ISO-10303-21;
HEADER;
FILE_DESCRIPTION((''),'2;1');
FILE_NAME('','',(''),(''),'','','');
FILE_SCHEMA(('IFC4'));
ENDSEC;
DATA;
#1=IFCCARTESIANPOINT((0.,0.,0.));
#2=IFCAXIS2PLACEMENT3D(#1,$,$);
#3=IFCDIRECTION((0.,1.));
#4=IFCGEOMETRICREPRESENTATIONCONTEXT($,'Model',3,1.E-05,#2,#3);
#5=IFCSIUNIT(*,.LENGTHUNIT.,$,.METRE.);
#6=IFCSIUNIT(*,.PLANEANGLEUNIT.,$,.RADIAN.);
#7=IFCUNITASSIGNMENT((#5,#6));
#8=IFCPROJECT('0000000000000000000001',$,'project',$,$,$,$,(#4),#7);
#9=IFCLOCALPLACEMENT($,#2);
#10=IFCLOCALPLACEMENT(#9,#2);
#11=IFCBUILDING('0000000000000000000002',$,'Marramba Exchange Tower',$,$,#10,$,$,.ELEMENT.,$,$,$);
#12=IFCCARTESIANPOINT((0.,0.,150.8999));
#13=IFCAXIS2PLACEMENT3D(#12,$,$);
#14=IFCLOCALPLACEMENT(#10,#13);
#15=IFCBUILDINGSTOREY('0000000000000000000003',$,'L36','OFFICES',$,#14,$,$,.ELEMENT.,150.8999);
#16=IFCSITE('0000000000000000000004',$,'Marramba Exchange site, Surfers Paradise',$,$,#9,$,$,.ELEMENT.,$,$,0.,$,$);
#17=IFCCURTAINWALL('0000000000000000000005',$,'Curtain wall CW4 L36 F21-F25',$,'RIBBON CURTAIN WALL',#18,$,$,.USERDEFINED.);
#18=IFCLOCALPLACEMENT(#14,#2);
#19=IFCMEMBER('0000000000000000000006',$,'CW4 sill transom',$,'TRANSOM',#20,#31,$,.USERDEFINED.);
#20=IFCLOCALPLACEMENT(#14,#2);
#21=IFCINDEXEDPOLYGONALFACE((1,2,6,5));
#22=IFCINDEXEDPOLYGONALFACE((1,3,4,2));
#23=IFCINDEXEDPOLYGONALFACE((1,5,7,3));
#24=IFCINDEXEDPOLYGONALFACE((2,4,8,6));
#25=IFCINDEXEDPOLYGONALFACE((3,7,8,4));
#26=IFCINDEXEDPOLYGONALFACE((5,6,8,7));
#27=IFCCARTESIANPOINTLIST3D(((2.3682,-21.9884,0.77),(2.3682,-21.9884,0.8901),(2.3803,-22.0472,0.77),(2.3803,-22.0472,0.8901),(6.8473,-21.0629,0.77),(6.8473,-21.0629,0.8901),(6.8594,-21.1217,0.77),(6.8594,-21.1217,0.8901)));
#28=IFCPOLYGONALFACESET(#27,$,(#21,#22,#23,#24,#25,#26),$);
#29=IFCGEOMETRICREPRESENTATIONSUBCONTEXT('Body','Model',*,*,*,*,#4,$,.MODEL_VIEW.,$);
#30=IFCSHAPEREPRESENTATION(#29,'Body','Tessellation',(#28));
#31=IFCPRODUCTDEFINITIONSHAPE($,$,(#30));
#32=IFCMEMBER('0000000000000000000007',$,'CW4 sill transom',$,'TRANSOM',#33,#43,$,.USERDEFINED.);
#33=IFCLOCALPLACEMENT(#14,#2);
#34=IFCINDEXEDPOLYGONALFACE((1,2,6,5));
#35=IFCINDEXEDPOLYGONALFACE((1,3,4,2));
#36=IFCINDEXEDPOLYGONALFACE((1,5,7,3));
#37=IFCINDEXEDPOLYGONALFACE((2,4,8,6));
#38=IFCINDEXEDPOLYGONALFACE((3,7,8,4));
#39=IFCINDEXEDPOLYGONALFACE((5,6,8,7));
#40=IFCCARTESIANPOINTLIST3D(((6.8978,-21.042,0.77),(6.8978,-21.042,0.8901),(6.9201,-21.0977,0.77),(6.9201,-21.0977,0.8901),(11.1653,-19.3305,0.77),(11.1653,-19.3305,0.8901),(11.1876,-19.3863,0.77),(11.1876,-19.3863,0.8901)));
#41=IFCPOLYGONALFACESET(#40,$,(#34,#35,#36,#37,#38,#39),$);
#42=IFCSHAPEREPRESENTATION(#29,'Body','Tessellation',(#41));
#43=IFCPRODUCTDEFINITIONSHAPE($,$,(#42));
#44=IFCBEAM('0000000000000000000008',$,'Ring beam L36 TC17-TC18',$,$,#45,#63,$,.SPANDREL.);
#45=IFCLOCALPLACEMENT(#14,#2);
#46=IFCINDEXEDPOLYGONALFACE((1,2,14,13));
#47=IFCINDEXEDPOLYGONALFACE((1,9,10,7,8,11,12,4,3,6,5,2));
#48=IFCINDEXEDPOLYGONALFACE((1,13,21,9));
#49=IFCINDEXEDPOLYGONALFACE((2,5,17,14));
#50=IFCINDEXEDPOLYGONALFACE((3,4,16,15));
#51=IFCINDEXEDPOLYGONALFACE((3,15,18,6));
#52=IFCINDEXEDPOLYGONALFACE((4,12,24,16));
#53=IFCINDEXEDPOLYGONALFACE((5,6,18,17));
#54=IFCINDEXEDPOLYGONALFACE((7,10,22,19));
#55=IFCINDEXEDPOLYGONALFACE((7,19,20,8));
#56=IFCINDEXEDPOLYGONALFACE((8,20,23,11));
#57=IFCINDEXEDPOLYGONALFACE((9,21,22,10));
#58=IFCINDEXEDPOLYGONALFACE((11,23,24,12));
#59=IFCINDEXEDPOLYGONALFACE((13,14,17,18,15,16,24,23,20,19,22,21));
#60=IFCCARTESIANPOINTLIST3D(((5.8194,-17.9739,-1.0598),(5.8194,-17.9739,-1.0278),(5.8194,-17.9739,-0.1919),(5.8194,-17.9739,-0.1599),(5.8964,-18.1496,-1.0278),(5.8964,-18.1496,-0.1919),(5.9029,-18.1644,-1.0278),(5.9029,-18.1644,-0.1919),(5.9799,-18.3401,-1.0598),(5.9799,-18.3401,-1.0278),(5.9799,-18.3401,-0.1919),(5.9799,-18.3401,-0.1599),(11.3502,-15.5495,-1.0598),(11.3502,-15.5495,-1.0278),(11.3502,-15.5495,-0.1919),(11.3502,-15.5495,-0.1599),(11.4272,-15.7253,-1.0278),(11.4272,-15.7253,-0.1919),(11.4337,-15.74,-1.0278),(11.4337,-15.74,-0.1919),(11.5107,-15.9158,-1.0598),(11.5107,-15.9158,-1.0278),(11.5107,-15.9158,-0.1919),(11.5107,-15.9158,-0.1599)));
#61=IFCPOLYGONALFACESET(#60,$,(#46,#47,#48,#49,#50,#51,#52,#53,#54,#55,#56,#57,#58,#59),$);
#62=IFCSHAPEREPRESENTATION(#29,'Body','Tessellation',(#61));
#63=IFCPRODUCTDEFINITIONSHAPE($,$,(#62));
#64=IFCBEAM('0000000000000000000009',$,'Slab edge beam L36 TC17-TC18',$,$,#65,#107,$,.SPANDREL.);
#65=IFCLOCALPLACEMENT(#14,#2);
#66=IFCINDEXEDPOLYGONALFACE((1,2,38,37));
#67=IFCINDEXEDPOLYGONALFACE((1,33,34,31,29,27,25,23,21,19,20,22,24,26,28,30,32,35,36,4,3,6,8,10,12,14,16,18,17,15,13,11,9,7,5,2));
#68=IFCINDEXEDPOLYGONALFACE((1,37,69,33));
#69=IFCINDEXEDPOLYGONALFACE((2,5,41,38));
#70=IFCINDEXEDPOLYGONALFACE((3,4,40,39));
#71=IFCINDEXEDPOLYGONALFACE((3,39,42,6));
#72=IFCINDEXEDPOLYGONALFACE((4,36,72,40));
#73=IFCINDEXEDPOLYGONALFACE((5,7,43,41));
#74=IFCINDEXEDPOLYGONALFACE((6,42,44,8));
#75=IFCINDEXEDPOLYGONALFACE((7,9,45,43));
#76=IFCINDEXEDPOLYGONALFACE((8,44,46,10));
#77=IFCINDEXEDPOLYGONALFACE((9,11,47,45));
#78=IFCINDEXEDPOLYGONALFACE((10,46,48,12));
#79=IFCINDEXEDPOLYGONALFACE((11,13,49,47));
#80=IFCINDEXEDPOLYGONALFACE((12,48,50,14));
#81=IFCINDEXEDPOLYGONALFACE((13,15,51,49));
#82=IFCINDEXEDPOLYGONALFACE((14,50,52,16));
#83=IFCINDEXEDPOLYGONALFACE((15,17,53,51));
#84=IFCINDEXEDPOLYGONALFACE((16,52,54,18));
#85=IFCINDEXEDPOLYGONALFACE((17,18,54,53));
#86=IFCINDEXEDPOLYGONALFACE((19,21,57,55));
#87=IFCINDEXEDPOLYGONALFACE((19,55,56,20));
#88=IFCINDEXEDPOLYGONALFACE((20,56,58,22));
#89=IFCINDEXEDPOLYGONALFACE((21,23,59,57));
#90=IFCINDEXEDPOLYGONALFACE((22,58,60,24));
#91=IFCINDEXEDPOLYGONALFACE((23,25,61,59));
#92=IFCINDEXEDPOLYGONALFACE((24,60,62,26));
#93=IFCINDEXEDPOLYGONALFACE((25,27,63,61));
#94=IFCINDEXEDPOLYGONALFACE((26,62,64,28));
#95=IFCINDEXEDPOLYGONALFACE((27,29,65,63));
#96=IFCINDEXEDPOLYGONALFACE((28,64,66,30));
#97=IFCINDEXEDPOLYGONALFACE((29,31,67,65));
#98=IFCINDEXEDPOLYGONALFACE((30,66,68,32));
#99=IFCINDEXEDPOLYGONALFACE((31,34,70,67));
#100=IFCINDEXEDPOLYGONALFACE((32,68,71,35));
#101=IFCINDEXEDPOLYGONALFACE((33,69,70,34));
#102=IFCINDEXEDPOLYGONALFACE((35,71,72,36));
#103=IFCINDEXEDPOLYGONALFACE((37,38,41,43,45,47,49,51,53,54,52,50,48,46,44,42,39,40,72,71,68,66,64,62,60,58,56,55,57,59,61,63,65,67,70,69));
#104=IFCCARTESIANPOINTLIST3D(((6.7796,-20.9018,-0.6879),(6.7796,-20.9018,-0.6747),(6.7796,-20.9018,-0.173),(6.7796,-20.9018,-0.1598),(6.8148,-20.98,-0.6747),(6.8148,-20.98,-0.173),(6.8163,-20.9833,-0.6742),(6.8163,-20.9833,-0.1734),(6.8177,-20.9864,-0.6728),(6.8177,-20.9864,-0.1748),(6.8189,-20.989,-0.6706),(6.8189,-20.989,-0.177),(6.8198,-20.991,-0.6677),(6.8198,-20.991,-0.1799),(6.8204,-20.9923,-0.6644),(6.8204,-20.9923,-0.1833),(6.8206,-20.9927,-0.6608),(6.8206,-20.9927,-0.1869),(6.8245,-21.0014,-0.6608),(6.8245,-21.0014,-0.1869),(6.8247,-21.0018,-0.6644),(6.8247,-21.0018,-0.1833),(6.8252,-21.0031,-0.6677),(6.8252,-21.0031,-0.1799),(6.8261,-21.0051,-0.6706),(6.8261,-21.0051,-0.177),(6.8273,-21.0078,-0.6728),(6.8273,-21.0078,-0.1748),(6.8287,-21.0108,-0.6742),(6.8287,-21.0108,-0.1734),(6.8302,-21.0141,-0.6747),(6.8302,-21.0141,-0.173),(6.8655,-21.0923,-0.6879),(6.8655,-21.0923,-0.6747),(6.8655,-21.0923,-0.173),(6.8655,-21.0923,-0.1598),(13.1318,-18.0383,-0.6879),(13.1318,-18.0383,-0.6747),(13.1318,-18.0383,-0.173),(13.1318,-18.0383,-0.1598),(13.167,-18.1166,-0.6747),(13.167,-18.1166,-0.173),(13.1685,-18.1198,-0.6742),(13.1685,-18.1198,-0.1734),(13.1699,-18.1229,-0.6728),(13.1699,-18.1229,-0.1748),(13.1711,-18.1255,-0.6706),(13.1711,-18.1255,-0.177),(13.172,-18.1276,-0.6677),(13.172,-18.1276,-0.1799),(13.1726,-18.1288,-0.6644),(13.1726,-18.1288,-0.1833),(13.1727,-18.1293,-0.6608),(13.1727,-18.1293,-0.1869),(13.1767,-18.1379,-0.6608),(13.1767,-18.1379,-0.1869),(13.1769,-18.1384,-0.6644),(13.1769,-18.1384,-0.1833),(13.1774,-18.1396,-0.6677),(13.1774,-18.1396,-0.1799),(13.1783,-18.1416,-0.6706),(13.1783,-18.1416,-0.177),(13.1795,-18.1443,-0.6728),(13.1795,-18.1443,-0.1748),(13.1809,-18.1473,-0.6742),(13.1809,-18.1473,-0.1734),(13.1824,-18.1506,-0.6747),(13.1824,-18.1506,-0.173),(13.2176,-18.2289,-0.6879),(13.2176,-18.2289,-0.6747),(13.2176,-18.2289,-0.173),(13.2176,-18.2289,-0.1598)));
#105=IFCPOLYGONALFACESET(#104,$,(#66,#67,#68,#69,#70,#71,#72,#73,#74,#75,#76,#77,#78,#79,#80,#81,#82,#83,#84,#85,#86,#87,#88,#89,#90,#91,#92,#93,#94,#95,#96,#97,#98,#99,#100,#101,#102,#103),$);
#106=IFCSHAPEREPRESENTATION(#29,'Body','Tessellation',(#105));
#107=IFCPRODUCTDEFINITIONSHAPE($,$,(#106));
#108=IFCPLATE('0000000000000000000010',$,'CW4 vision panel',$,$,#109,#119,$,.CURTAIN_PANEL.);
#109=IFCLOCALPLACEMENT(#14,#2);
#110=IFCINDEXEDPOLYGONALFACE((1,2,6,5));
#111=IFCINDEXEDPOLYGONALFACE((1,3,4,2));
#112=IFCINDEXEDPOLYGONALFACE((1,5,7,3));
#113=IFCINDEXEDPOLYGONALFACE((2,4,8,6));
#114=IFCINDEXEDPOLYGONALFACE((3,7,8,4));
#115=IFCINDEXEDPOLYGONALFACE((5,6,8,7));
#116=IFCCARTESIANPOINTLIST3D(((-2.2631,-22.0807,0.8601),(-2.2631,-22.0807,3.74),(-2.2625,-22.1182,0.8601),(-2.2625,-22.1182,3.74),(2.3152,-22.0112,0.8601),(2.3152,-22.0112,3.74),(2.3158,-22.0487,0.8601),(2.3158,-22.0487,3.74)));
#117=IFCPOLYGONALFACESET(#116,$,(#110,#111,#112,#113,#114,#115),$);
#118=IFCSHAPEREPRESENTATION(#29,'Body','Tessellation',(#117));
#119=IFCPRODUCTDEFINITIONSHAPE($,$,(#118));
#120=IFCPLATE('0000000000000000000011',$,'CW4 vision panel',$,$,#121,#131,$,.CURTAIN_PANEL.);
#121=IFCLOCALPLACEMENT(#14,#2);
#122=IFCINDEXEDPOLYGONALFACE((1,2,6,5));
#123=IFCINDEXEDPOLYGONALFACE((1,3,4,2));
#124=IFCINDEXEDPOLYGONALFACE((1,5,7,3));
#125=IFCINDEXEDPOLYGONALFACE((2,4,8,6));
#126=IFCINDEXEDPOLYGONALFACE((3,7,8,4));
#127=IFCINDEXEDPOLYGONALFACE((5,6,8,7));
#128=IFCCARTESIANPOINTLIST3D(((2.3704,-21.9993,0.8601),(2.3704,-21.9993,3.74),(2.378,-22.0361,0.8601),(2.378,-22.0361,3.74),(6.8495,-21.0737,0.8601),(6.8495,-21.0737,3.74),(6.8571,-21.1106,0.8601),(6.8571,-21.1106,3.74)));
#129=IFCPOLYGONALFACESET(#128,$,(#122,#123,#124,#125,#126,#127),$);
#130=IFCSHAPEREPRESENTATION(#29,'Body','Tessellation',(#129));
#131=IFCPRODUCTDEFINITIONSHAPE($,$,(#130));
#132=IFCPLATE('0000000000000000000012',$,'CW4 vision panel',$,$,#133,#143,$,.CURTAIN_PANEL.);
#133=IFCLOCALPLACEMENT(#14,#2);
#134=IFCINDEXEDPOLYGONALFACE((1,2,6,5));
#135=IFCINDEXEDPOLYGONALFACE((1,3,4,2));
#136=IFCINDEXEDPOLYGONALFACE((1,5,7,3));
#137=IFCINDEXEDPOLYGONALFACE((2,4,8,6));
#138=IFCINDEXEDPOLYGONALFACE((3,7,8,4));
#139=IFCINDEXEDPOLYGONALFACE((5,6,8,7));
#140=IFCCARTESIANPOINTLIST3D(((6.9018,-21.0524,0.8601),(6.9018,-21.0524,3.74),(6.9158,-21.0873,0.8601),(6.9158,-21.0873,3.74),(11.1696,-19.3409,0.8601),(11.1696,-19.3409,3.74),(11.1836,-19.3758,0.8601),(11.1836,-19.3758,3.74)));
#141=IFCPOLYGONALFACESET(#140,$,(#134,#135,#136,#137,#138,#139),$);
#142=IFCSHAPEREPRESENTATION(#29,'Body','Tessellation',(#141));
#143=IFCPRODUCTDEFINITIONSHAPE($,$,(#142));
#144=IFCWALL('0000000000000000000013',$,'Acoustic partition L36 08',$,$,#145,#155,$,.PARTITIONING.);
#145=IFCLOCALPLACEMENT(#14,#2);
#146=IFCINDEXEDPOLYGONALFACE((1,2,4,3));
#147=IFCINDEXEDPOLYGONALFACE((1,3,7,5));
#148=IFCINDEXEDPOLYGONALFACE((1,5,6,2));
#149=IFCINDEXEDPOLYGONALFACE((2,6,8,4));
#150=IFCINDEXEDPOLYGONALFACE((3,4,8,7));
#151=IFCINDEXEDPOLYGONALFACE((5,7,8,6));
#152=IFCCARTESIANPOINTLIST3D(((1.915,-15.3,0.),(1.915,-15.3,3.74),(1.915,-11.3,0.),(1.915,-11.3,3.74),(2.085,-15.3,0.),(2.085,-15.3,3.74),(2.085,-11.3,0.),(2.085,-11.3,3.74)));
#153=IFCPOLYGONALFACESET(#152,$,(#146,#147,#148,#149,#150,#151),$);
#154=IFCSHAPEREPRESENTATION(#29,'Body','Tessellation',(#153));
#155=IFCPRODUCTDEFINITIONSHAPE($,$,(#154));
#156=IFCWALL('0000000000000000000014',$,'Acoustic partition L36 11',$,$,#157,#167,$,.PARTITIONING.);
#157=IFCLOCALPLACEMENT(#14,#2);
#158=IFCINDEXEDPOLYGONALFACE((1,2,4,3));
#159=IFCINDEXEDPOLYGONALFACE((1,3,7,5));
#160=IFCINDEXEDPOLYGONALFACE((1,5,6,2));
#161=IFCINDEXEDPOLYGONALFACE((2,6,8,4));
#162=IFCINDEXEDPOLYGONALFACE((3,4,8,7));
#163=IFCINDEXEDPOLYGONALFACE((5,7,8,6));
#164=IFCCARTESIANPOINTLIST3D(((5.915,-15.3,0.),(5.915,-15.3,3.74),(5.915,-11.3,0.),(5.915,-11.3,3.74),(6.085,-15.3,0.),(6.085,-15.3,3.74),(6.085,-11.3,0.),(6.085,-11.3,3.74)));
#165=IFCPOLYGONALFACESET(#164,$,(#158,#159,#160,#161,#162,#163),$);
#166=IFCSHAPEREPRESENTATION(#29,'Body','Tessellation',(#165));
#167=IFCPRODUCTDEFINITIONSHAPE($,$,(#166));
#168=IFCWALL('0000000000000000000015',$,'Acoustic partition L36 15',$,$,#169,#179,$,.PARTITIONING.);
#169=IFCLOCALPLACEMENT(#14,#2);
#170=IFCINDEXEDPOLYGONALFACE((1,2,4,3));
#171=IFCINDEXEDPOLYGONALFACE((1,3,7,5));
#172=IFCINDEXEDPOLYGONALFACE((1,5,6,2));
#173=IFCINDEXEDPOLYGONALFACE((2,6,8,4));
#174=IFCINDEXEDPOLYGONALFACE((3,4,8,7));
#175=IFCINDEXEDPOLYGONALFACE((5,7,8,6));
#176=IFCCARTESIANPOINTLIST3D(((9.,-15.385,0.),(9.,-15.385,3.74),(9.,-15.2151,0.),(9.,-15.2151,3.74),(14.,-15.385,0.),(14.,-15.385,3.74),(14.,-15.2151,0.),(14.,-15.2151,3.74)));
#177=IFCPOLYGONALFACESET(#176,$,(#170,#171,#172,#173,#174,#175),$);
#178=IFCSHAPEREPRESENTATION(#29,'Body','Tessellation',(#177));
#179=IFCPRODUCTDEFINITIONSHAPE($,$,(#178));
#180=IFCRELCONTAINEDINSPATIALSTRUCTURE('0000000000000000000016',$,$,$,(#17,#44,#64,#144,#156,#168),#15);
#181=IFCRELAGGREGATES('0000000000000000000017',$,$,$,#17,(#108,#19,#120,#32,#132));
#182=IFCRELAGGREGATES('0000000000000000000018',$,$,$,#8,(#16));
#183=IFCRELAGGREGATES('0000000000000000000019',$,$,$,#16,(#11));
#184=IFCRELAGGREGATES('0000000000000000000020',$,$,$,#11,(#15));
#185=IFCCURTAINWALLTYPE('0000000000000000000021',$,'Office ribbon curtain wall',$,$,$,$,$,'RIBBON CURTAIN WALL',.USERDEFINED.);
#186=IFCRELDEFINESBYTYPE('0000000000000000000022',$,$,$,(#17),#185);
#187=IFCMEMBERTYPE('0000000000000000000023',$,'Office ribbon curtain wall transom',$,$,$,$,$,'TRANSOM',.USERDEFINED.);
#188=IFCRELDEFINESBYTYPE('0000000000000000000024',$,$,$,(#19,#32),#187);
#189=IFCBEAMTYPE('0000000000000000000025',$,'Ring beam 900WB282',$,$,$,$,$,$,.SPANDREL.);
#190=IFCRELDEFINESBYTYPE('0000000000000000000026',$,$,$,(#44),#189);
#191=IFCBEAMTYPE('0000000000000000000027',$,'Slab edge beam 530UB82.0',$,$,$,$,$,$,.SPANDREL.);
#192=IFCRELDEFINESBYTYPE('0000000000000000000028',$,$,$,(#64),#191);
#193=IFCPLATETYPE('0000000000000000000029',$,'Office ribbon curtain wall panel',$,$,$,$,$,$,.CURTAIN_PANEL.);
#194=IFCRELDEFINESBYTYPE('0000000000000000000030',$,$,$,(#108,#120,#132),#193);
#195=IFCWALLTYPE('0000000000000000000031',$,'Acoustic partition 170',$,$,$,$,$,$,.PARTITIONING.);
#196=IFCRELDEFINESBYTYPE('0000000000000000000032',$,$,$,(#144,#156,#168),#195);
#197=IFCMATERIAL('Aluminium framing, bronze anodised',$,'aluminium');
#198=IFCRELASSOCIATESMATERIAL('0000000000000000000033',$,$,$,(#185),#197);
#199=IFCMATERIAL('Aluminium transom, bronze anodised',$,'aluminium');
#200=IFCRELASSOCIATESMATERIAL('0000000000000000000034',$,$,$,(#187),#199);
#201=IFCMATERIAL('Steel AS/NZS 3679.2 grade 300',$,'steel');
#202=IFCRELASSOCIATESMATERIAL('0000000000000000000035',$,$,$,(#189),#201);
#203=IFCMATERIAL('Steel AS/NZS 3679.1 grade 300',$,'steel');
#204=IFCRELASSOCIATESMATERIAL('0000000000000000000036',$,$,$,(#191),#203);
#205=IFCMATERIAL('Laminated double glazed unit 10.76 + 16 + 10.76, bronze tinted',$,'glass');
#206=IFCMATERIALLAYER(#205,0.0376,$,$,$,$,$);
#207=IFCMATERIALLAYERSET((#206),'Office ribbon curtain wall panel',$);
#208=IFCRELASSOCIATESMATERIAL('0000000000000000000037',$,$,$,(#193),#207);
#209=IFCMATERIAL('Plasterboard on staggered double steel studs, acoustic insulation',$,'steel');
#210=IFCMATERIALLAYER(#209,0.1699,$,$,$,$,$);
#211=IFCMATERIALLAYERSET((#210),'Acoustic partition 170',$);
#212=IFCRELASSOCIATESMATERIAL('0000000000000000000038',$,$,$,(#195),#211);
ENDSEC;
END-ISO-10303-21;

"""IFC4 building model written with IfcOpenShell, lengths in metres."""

from ifc_helpers import new_model, si_unit, direction, frame, frame_2d, origin, origin_2d, place, context, subcontext, project, spatial, rectangle, i_section, extrude, material, layer, layer_set, material_profile, profile_set, type_object, element, aggregate, save


model = new_model("IFC4")

# Units and contexts
model_context = context("Model", 3, precision=1e-05, world=origin(), true_north=direction((0.0, 1.0)))
body_context = subcontext(model_context, "Body", "Model", "MODEL_VIEW")
ifc_project = project(units=[si_unit("LENGTHUNIT", "METRE"), si_unit("PLANEANGLEUNIT", "RADIAN")], contexts=[model_context])

# Site, building, storey
site_placement = place(None, origin())
site = spatial("IfcSite", under=ifc_project, at=site_placement, Name="Marramba Exchange site, Surfers Paradise", CompositionType="ELEMENT", RefElevation=0.0)
building_placement = place(site_placement, origin())
building = spatial("IfcBuilding", under=site, at=building_placement, Name="Marramba Exchange Tower", CompositionType="ELEMENT")
storey_placement = place(building_placement, frame((0.0, 0.0, 150.8999)))
storey = spatial("IfcBuildingStorey", under=building, at=storey_placement, Name="L36", Description="OFFICES", CompositionType="ELEMENT", Elevation=150.8999)

# Shared definitions
ifc_material_1 = material(Name="Steel AS/NZS 3679.2 grade 300", Category="steel")
ifc_material_2 = material(Name="Steel AS/NZS 3679.1 grade 300", Category="steel")

# Curtain wall
ifc_material_3 = material(Name="Aluminium framing, bronze anodised", Category="aluminium")
curtain_wall_type = type_object("IfcCurtainWallType", Name="Office ribbon curtain wall", ElementType="RIBBON CURTAIN WALL", PredefinedType="USERDEFINED", material=ifc_material_3)
curtain_wall_1_placement = place(storey_placement, origin())
curtain_wall_1 = element("IfcCurtainWall", 1, at=curtain_wall_1_placement, inside=storey, type_object=curtain_wall_type, Name="Curtain wall CW4 L36 F21-F25", ObjectType="RIBBON CURTAIN WALL", PredefinedType="USERDEFINED")

# Members
ifc_material_4 = material(Name="Aluminium transom, bronze anodised", Category="aluminium")
ifc_material_profile_1 = material_profile(ifc_material_4, rectangle(XDim=0.0601, YDim=0.1201, at=origin_2d()), Name="CW4 transom 60x120")
ifc_profile_set_1 = profile_set([ifc_material_profile_1], Name="Aluminium transom, bronze anodised")
member_type_1 = type_object("IfcMemberType", Name="Office ribbon curtain wall transom", ElementType="TRANSOM", PredefinedType="USERDEFINED", material=ifc_profile_set_1)
member_1_placement = place(storey_placement, frame((2.3743, -22.0178, 0.8301), z_axis=(0.97931, 0.202364, 0.0), x_axis=(-0.202364, 0.97931, 0.0)))
member_1 = element("IfcMember", 2, at=member_1_placement, type_object=member_type_1, Name="CW4 sill transom", ObjectType="TRANSOM", PredefinedType="USERDEFINED", context=body_context, shape_type="SweptSolid", body=[
    extrude(rectangle(XDim=0.0601, YDim=0.1201, at=origin_2d()), origin(), (0.0, 0.0, 1.0), 4.5737),
])
member_2_placement = place(storey_placement, frame((6.9089, -21.0698, 0.8301), z_axis=(0.928147, 0.372214, 0.0), x_axis=(-0.372214, 0.928147, 0.0)))
member_2 = element("IfcMember", 3, at=member_2_placement, type_object=member_type_1, Name="CW4 sill transom", ObjectType="TRANSOM", PredefinedType="USERDEFINED", context=body_context, shape_type="SweptSolid", body=[
    extrude(rectangle(XDim=0.0601, YDim=0.1201, at=origin_2d()), origin(), (0.0, 0.0, 1.0), 4.5979),
])

# Beams
ifc_material_profile_2 = material_profile(ifc_material_1, i_section(OverallWidth=0.3999, OverallDepth=0.8999, WebThickness=0.0161, FlangeThickness=0.032, at=origin_2d()), Name="900WB282")
ifc_profile_set_2 = profile_set([ifc_material_profile_2], Name="Steel AS/NZS 3679.2 grade 300")
beam_type_1 = type_object("IfcBeamType", Name="Ring beam 900WB282", PredefinedType="SPANDREL", material=ifc_profile_set_2)
beam_1_placement = place(storey_placement, frame((5.8997, -18.157, -0.6099), z_axis=(0.915877, 0.401459, 0.0), x_axis=(-0.401459, 0.915877, 0.0)))
element("IfcBeam", 4, at=beam_1_placement, inside=storey, type_object=beam_type_1, Name="Ring beam L36 TC17-TC18", PredefinedType="SPANDREL", context=body_context, shape_type="SweptSolid", body=[
    extrude(i_section(OverallWidth=0.3999, OverallDepth=0.8999, WebThickness=0.0161, FlangeThickness=0.032, at=origin_2d()), origin(), (0.0, 0.0, 1.0), 6.0388),
])
ifc_material_profile_3 = material_profile(ifc_material_2, i_section(OverallWidth=0.209, OverallDepth=0.5281, WebThickness=0.0095, FlangeThickness=0.0132, FilletRadius=0.0139, at=origin_2d()), Name="530UB82.0")
ifc_profile_set_3 = profile_set([ifc_material_profile_3], Name="Steel AS/NZS 3679.1 grade 300")
beam_type_2 = type_object("IfcBeamType", Name="Slab edge beam 530UB82.0", PredefinedType="SPANDREL", material=ifc_profile_set_3)
beam_2_placement = place(storey_placement, frame((6.8225, -20.9971, -0.4238), z_axis=(0.911653, 0.41096, 0.0), x_axis=(-0.41096, 0.911653, 0.0)))
element("IfcBeam", 5, at=beam_2_placement, inside=storey, type_object=beam_type_2, Name="Slab edge beam L36 TC17-TC18", PredefinedType="SPANDREL", context=body_context, shape_type="SweptSolid", body=[
    extrude(i_section(OverallWidth=0.209, OverallDepth=0.5281, WebThickness=0.0095, FlangeThickness=0.0132, FilletRadius=0.0139, at=origin_2d()), origin(), (0.0, 0.0, 1.0), 6.9678),
])

# Plates
ifc_material_5 = material(Name="Laminated double glazed unit 10.76 + 16 + 10.76, bronze tinted", Category="glass")
ifc_layer_1 = layer(ifc_material_5, 0.0376)
ifc_layer_set_1 = layer_set([ifc_layer_1], Name="Office ribbon curtain wall panel")
plate_type = type_object("IfcPlateType", Name="Office ribbon curtain wall panel", PredefinedType="CURTAIN_PANEL", material=ifc_layer_set_1)
plate_1_placement = place(storey_placement, frame((0.0264, -22.0647, 0.8601), z_axis=(0.0, 0.0, 1.0), x_axis=(0.999885, 0.015179, 0.0)))
plate_1 = element("IfcPlate", 6, at=plate_1_placement, type_object=plate_type, Name="CW4 vision panel", PredefinedType="CURTAIN_PANEL", context=body_context, shape_type="SweptSolid", body=[
    extrude(rectangle(XDim=4.5789, YDim=0.0376, at=origin_2d()), origin(), (0.0, 0.0, 1.0), 2.8799),
])
plate_2_placement = place(storey_placement, frame((4.6138, -21.5549, 0.8601), z_axis=(0.0, 0.0, 1.0), x_axis=(0.97931, 0.202365, 0.0)))
plate_2 = element("IfcPlate", 7, at=plate_2_placement, type_object=plate_type, Name="CW4 vision panel", PredefinedType="CURTAIN_PANEL", context=body_context, shape_type="SweptSolid", body=[
    extrude(rectangle(XDim=4.5737, YDim=0.0376, at=origin_2d()), origin(), (0.0, 0.0, 1.0), 2.8799),
])
plate_3_placement = place(storey_placement, frame((9.0427, -20.2141, 0.8601), z_axis=(0.0, 0.0, 1.0), x_axis=(0.928149, 0.372209, 0.0)))
plate_3 = element("IfcPlate", 8, at=plate_3_placement, type_object=plate_type, Name="CW4 vision panel", PredefinedType="CURTAIN_PANEL", context=body_context, shape_type="SweptSolid", body=[
    extrude(rectangle(XDim=4.5981, YDim=0.0376, at=origin_2d()), origin(), (0.0, 0.0, 1.0), 2.8799),
])
aggregate(curtain_wall_1, [plate_1, member_1, plate_2, member_2, plate_3])

# Wall
ifc_material_6 = material(Name="Plasterboard on staggered double steel studs, acoustic insulation", Category="steel")
ifc_layer_2 = layer(ifc_material_6, 0.1699)
ifc_layer_set_2 = layer_set([ifc_layer_2], Name="Acoustic partition 170")
wall_type_1 = type_object("IfcWallType", Name="Acoustic partition 170", PredefinedType="PARTITIONING", material=ifc_layer_set_2)
wall_1_placement = place(storey_placement, frame((2.0, -11.3, 0.0), z_axis=(0.0, 0.0, 1.0), x_axis=(0.0, -1.0, 0.0)))
element("IfcWall", 9, at=wall_1_placement, inside=storey, type_object=wall_type_1, Name="Acoustic partition L36 08", PredefinedType="PARTITIONING", context=body_context, shape_type="SweptSolid", body=[
    extrude(rectangle(XDim=4.0, YDim=0.1699, at=frame_2d((2.0, 0.0))), origin(), (0.0, 0.0, 1.0), 3.74),
])

# Walls
wall_2_placement = place(storey_placement, frame((6.0, -15.3, 0.0), z_axis=(0.0, 0.0, 1.0), x_axis=(0.0, 1.0, 0.0)))
element("IfcWall", 10, at=wall_2_placement, inside=storey, type_object=wall_type_1, Name="Acoustic partition L36 11", PredefinedType="PARTITIONING", context=body_context, shape_type="SweptSolid", body=[
    extrude(rectangle(XDim=4.0, YDim=0.1699, at=frame_2d((2.0, 0.0))), origin(), (0.0, 0.0, 1.0), 3.74),
])
wall_3_placement = place(storey_placement, frame((9.0, -15.3, 0.0), z_axis=(0.0, 0.0, 1.0), x_axis=(1.0, 0.0, 0.0)))
element("IfcWall", 11, at=wall_3_placement, inside=storey, type_object=wall_type_1, Name="Acoustic partition L36 15", PredefinedType="PARTITIONING", context=body_context, shape_type="SweptSolid", body=[
    extrude(rectangle(XDim=5.0, YDim=0.1699, at=frame_2d((2.5, 0.0))), origin(), (0.0, 0.0, 1.0), 3.74),
])

save(model, "model.ifc")
